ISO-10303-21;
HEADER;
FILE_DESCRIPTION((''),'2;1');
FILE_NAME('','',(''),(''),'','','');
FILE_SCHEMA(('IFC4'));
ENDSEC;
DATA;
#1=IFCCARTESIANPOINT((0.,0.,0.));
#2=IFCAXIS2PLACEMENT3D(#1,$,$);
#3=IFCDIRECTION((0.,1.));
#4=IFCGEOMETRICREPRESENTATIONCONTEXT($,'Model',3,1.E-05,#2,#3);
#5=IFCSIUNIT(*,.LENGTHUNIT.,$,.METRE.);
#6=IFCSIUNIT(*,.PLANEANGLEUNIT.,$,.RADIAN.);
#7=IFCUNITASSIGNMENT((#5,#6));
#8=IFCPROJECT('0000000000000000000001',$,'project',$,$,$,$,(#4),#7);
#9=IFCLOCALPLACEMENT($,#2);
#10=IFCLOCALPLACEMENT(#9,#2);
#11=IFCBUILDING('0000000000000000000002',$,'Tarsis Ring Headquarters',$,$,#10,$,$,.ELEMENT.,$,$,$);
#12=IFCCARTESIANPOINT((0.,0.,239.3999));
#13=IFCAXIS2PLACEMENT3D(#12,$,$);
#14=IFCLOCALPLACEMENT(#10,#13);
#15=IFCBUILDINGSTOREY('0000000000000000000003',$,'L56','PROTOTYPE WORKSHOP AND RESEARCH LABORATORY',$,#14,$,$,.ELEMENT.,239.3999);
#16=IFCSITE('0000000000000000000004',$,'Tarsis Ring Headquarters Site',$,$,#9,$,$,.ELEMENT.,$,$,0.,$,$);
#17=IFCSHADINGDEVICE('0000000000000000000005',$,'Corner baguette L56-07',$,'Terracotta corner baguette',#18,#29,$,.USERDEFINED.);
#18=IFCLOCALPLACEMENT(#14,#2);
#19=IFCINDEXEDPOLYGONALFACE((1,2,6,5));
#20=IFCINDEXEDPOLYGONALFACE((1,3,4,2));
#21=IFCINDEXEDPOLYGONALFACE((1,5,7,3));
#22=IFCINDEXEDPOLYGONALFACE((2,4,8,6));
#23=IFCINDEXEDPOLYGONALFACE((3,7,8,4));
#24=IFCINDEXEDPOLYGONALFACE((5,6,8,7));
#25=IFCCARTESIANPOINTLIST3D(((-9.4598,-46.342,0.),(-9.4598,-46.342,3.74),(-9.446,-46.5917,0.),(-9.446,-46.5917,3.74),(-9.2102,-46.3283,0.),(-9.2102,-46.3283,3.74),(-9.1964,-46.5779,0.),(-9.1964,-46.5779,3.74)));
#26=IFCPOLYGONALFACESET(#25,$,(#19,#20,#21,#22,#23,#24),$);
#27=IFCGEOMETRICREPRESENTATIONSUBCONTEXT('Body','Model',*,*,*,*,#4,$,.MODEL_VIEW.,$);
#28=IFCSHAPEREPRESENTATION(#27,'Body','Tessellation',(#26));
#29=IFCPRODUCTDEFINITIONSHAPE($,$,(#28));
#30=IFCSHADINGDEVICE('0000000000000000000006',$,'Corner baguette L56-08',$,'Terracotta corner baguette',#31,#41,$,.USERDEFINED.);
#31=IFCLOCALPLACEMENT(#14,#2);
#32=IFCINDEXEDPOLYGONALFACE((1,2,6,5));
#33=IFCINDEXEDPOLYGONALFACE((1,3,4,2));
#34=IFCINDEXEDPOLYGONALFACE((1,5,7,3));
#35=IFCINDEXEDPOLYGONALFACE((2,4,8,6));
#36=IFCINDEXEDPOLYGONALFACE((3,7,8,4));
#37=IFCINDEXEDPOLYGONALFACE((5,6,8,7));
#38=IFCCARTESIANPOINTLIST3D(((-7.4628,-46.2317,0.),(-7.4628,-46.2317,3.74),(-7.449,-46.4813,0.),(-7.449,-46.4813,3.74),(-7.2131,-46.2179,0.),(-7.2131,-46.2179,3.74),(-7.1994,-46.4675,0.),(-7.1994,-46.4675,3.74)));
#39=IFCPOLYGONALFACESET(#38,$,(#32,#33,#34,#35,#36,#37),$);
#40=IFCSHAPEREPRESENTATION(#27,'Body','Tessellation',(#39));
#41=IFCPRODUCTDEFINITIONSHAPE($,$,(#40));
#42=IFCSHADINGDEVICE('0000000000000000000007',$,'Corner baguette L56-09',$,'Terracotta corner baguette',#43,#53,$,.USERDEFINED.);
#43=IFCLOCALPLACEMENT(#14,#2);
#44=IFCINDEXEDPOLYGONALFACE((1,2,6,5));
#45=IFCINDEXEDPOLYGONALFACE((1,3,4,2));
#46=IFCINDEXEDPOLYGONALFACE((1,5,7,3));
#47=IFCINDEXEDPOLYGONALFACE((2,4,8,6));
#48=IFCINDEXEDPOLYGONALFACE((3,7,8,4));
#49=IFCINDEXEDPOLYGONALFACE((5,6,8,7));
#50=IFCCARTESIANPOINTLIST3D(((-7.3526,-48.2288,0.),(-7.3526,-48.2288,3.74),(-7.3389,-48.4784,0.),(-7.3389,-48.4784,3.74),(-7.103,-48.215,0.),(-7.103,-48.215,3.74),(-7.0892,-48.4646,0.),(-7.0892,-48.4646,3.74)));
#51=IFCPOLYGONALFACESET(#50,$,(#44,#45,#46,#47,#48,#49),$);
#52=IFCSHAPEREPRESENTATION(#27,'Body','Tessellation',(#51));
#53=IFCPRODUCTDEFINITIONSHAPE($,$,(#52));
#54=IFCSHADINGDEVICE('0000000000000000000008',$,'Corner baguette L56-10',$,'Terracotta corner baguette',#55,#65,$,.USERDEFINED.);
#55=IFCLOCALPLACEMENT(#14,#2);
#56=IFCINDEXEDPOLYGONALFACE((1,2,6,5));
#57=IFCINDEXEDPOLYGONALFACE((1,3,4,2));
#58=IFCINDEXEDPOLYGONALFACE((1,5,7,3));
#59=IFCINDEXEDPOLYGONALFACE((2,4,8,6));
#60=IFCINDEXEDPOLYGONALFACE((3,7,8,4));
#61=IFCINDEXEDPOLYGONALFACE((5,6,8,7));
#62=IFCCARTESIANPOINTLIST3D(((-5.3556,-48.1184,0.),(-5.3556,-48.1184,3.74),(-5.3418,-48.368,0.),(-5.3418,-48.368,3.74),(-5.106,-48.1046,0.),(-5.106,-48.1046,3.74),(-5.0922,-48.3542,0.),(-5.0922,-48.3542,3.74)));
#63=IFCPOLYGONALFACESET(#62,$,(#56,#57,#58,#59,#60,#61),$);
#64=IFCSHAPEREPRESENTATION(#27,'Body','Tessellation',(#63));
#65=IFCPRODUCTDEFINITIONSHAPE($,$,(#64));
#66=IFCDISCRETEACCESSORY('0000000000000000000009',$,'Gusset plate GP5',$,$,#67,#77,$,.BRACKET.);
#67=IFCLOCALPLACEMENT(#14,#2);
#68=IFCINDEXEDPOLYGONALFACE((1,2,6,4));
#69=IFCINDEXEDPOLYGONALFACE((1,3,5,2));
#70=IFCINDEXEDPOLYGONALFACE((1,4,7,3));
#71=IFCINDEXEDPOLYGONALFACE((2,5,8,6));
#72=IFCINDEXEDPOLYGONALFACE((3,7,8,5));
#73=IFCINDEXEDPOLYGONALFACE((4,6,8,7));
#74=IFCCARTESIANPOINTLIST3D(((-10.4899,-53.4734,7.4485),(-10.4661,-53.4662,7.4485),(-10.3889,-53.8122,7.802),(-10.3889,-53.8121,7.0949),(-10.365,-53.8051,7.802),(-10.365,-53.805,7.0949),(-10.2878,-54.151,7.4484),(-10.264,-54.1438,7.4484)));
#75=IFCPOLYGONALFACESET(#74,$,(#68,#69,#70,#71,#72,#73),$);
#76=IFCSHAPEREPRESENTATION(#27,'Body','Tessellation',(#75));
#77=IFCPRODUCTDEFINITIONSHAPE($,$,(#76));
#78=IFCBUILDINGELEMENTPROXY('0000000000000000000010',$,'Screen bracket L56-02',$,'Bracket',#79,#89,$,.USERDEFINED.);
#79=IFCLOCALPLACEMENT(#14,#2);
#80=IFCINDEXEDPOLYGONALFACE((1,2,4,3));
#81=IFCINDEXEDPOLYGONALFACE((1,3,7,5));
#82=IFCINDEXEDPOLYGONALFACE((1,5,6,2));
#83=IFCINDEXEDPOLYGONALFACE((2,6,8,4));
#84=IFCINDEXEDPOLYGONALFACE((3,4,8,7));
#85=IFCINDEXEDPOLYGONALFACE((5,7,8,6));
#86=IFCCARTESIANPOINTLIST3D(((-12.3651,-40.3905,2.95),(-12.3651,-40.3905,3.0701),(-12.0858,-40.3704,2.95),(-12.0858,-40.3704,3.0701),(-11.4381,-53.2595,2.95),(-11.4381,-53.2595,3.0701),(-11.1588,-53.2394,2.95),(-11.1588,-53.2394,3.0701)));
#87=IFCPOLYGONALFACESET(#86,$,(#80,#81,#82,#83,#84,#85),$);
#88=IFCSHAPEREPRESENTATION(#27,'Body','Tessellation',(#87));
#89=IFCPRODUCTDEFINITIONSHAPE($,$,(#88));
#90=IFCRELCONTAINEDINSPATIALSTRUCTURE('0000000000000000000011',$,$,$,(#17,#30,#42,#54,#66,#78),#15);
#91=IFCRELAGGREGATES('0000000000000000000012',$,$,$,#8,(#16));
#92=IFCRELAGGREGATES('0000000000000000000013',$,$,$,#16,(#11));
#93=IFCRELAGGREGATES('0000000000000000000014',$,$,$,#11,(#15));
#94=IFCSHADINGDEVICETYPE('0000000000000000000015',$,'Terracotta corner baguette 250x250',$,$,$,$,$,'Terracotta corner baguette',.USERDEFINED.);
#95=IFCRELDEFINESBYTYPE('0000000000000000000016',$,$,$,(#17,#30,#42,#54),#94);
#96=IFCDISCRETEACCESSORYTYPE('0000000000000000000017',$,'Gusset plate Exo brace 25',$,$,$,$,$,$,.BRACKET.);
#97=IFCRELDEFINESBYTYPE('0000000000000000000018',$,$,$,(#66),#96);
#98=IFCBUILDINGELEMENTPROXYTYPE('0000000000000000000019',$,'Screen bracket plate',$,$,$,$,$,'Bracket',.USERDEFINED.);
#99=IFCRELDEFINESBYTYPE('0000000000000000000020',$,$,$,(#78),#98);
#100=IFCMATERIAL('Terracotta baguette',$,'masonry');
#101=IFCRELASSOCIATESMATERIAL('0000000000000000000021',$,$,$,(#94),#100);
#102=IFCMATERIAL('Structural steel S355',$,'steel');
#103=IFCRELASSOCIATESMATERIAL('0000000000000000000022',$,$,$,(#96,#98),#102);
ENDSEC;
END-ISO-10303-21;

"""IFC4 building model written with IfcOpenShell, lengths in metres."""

from ifc_helpers import new_model, si_unit, direction, frame, origin, origin_2d, place, context, subcontext, project, spatial, rectangle, extrude, material, material_profile, profile_set, type_object, element, save


model = new_model("IFC4")

# Units and contexts
model_context = context("Model", 3, precision=1e-05, world=origin(), true_north=direction((0.0, 1.0)))
body_context = subcontext(model_context, "Body", "Model", "MODEL_VIEW")
ifc_project = project(units=[si_unit("LENGTHUNIT", "METRE"), si_unit("PLANEANGLEUNIT", "RADIAN")], contexts=[model_context])

# Site, building, storey
site_placement = place(None, origin())
site = spatial("IfcSite", under=ifc_project, at=site_placement, Name="Tarsis Ring Headquarters Site", CompositionType="ELEMENT", RefElevation=0.0)
building_placement = place(site_placement, origin())
building = spatial("IfcBuilding", under=site, at=building_placement, Name="Tarsis Ring Headquarters", CompositionType="ELEMENT")
storey_placement = place(building_placement, frame((0.0, 0.0, 239.3999)))
storey = spatial("IfcBuildingStorey", under=building, at=storey_placement, Name="L56", Description="PROTOTYPE WORKSHOP AND RESEARCH LABORATORY", CompositionType="ELEMENT", Elevation=239.3999)

# Shared definitions
ifc_material_1 = material(Name="Structural steel S355", Category="steel")

# Shading devices
ifc_material_2 = material(Name="Terracotta baguette", Category="masonry")
shading_device_type_1 = type_object("IfcShadingDeviceType", Name="Terracotta corner baguette 250x250", ElementType="Terracotta corner baguette", PredefinedType="USERDEFINED", material=ifc_material_2)
for number, where, z_axis, x_axis, name in (
    (1, (-9.3281, -46.46, 0.0), (0.0, 0.0, 1.0), (0.055124, -0.998479, 0.0), "Corner baguette L56-07"),
    (2, (-7.3311, -46.3496, 0.0), (0.0, 0.0, 1.0), (0.998479, 0.055125, 0.0), "Corner baguette L56-08"),
    (3, (-7.2209, -48.3467, 0.0), (0.0, 0.0, 1.0), (0.055125, -0.998479, 0.0), "Corner baguette L56-09"),
    (4, (-5.2239, -48.2363, 0.0), (0.0, 0.0, 1.0), (0.998479, 0.055125, 0.0), "Corner baguette L56-10"),
):
    element("IfcShadingDevice", number, at=place(storey_placement, frame(where, z_axis=z_axis, x_axis=x_axis)), inside=storey, type_object=shading_device_type_1, Name=name, ObjectType="Terracotta corner baguette", PredefinedType="USERDEFINED", context=body_context, shape_type="SweptSolid", body=[
        extrude(rectangle(XDim=0.25, YDim=0.25, at=origin_2d()), origin(), (0.0, 0.0, 1.0), 3.74),
    ])

# Discrete accessory
ifc_material_profile_1 = material_profile(ifc_material_1, rectangle(XDim=0.0249, YDim=0.5, at=origin_2d()), Name="PL 25x500")
ifc_profile_set_1 = profile_set([ifc_material_profile_1], Name="Structural steel S355")
discrete_accessory_type = type_object("IfcDiscreteAccessoryType", Name="Gusset plate Exo brace 25", PredefinedType="BRACKET", material=ifc_profile_set_1)
discrete_accessory_placement = place(storey_placement, frame((-10.3264, -53.978, 7.6252), z_axis=(-0.20214, 0.677707, -0.707003), x_axis=(-0.958281, -0.285827, 0.0)))
element("IfcDiscreteAccessory", 5, at=discrete_accessory_placement, inside=storey, type_object=discrete_accessory_type, Name="Gusset plate GP5", PredefinedType="BRACKET", context=body_context, shape_type="SweptSolid", body=[
    extrude(rectangle(XDim=0.0249, YDim=0.5, at=origin_2d()), origin(), (0.0, 0.0, 1.0), 0.5),
])

# Building element proxy
building_element_proxy_type = type_object("IfcBuildingElementProxyType", Name="Screen bracket plate", ElementType="Bracket", PredefinedType="USERDEFINED", material=ifc_material_1)
proxy_placement = place(storey_placement, frame((-11.762, -46.8149, 2.95), z_axis=(0.0, 0.0, 1.0), x_axis=(0.071846, -0.997416, 0.0)))
element("IfcBuildingElementProxy", 6, at=proxy_placement, inside=storey, type_object=building_element_proxy_type, Name="Screen bracket L56-02", ObjectType="Bracket", PredefinedType="USERDEFINED", context=body_context, shape_type="SweptSolid", body=[
    extrude(rectangle(XDim=12.9023, YDim=0.28, at=origin_2d()), origin(), (0.0, 0.0, 1.0), 0.1201),
])

save(model, "model.ifc")
